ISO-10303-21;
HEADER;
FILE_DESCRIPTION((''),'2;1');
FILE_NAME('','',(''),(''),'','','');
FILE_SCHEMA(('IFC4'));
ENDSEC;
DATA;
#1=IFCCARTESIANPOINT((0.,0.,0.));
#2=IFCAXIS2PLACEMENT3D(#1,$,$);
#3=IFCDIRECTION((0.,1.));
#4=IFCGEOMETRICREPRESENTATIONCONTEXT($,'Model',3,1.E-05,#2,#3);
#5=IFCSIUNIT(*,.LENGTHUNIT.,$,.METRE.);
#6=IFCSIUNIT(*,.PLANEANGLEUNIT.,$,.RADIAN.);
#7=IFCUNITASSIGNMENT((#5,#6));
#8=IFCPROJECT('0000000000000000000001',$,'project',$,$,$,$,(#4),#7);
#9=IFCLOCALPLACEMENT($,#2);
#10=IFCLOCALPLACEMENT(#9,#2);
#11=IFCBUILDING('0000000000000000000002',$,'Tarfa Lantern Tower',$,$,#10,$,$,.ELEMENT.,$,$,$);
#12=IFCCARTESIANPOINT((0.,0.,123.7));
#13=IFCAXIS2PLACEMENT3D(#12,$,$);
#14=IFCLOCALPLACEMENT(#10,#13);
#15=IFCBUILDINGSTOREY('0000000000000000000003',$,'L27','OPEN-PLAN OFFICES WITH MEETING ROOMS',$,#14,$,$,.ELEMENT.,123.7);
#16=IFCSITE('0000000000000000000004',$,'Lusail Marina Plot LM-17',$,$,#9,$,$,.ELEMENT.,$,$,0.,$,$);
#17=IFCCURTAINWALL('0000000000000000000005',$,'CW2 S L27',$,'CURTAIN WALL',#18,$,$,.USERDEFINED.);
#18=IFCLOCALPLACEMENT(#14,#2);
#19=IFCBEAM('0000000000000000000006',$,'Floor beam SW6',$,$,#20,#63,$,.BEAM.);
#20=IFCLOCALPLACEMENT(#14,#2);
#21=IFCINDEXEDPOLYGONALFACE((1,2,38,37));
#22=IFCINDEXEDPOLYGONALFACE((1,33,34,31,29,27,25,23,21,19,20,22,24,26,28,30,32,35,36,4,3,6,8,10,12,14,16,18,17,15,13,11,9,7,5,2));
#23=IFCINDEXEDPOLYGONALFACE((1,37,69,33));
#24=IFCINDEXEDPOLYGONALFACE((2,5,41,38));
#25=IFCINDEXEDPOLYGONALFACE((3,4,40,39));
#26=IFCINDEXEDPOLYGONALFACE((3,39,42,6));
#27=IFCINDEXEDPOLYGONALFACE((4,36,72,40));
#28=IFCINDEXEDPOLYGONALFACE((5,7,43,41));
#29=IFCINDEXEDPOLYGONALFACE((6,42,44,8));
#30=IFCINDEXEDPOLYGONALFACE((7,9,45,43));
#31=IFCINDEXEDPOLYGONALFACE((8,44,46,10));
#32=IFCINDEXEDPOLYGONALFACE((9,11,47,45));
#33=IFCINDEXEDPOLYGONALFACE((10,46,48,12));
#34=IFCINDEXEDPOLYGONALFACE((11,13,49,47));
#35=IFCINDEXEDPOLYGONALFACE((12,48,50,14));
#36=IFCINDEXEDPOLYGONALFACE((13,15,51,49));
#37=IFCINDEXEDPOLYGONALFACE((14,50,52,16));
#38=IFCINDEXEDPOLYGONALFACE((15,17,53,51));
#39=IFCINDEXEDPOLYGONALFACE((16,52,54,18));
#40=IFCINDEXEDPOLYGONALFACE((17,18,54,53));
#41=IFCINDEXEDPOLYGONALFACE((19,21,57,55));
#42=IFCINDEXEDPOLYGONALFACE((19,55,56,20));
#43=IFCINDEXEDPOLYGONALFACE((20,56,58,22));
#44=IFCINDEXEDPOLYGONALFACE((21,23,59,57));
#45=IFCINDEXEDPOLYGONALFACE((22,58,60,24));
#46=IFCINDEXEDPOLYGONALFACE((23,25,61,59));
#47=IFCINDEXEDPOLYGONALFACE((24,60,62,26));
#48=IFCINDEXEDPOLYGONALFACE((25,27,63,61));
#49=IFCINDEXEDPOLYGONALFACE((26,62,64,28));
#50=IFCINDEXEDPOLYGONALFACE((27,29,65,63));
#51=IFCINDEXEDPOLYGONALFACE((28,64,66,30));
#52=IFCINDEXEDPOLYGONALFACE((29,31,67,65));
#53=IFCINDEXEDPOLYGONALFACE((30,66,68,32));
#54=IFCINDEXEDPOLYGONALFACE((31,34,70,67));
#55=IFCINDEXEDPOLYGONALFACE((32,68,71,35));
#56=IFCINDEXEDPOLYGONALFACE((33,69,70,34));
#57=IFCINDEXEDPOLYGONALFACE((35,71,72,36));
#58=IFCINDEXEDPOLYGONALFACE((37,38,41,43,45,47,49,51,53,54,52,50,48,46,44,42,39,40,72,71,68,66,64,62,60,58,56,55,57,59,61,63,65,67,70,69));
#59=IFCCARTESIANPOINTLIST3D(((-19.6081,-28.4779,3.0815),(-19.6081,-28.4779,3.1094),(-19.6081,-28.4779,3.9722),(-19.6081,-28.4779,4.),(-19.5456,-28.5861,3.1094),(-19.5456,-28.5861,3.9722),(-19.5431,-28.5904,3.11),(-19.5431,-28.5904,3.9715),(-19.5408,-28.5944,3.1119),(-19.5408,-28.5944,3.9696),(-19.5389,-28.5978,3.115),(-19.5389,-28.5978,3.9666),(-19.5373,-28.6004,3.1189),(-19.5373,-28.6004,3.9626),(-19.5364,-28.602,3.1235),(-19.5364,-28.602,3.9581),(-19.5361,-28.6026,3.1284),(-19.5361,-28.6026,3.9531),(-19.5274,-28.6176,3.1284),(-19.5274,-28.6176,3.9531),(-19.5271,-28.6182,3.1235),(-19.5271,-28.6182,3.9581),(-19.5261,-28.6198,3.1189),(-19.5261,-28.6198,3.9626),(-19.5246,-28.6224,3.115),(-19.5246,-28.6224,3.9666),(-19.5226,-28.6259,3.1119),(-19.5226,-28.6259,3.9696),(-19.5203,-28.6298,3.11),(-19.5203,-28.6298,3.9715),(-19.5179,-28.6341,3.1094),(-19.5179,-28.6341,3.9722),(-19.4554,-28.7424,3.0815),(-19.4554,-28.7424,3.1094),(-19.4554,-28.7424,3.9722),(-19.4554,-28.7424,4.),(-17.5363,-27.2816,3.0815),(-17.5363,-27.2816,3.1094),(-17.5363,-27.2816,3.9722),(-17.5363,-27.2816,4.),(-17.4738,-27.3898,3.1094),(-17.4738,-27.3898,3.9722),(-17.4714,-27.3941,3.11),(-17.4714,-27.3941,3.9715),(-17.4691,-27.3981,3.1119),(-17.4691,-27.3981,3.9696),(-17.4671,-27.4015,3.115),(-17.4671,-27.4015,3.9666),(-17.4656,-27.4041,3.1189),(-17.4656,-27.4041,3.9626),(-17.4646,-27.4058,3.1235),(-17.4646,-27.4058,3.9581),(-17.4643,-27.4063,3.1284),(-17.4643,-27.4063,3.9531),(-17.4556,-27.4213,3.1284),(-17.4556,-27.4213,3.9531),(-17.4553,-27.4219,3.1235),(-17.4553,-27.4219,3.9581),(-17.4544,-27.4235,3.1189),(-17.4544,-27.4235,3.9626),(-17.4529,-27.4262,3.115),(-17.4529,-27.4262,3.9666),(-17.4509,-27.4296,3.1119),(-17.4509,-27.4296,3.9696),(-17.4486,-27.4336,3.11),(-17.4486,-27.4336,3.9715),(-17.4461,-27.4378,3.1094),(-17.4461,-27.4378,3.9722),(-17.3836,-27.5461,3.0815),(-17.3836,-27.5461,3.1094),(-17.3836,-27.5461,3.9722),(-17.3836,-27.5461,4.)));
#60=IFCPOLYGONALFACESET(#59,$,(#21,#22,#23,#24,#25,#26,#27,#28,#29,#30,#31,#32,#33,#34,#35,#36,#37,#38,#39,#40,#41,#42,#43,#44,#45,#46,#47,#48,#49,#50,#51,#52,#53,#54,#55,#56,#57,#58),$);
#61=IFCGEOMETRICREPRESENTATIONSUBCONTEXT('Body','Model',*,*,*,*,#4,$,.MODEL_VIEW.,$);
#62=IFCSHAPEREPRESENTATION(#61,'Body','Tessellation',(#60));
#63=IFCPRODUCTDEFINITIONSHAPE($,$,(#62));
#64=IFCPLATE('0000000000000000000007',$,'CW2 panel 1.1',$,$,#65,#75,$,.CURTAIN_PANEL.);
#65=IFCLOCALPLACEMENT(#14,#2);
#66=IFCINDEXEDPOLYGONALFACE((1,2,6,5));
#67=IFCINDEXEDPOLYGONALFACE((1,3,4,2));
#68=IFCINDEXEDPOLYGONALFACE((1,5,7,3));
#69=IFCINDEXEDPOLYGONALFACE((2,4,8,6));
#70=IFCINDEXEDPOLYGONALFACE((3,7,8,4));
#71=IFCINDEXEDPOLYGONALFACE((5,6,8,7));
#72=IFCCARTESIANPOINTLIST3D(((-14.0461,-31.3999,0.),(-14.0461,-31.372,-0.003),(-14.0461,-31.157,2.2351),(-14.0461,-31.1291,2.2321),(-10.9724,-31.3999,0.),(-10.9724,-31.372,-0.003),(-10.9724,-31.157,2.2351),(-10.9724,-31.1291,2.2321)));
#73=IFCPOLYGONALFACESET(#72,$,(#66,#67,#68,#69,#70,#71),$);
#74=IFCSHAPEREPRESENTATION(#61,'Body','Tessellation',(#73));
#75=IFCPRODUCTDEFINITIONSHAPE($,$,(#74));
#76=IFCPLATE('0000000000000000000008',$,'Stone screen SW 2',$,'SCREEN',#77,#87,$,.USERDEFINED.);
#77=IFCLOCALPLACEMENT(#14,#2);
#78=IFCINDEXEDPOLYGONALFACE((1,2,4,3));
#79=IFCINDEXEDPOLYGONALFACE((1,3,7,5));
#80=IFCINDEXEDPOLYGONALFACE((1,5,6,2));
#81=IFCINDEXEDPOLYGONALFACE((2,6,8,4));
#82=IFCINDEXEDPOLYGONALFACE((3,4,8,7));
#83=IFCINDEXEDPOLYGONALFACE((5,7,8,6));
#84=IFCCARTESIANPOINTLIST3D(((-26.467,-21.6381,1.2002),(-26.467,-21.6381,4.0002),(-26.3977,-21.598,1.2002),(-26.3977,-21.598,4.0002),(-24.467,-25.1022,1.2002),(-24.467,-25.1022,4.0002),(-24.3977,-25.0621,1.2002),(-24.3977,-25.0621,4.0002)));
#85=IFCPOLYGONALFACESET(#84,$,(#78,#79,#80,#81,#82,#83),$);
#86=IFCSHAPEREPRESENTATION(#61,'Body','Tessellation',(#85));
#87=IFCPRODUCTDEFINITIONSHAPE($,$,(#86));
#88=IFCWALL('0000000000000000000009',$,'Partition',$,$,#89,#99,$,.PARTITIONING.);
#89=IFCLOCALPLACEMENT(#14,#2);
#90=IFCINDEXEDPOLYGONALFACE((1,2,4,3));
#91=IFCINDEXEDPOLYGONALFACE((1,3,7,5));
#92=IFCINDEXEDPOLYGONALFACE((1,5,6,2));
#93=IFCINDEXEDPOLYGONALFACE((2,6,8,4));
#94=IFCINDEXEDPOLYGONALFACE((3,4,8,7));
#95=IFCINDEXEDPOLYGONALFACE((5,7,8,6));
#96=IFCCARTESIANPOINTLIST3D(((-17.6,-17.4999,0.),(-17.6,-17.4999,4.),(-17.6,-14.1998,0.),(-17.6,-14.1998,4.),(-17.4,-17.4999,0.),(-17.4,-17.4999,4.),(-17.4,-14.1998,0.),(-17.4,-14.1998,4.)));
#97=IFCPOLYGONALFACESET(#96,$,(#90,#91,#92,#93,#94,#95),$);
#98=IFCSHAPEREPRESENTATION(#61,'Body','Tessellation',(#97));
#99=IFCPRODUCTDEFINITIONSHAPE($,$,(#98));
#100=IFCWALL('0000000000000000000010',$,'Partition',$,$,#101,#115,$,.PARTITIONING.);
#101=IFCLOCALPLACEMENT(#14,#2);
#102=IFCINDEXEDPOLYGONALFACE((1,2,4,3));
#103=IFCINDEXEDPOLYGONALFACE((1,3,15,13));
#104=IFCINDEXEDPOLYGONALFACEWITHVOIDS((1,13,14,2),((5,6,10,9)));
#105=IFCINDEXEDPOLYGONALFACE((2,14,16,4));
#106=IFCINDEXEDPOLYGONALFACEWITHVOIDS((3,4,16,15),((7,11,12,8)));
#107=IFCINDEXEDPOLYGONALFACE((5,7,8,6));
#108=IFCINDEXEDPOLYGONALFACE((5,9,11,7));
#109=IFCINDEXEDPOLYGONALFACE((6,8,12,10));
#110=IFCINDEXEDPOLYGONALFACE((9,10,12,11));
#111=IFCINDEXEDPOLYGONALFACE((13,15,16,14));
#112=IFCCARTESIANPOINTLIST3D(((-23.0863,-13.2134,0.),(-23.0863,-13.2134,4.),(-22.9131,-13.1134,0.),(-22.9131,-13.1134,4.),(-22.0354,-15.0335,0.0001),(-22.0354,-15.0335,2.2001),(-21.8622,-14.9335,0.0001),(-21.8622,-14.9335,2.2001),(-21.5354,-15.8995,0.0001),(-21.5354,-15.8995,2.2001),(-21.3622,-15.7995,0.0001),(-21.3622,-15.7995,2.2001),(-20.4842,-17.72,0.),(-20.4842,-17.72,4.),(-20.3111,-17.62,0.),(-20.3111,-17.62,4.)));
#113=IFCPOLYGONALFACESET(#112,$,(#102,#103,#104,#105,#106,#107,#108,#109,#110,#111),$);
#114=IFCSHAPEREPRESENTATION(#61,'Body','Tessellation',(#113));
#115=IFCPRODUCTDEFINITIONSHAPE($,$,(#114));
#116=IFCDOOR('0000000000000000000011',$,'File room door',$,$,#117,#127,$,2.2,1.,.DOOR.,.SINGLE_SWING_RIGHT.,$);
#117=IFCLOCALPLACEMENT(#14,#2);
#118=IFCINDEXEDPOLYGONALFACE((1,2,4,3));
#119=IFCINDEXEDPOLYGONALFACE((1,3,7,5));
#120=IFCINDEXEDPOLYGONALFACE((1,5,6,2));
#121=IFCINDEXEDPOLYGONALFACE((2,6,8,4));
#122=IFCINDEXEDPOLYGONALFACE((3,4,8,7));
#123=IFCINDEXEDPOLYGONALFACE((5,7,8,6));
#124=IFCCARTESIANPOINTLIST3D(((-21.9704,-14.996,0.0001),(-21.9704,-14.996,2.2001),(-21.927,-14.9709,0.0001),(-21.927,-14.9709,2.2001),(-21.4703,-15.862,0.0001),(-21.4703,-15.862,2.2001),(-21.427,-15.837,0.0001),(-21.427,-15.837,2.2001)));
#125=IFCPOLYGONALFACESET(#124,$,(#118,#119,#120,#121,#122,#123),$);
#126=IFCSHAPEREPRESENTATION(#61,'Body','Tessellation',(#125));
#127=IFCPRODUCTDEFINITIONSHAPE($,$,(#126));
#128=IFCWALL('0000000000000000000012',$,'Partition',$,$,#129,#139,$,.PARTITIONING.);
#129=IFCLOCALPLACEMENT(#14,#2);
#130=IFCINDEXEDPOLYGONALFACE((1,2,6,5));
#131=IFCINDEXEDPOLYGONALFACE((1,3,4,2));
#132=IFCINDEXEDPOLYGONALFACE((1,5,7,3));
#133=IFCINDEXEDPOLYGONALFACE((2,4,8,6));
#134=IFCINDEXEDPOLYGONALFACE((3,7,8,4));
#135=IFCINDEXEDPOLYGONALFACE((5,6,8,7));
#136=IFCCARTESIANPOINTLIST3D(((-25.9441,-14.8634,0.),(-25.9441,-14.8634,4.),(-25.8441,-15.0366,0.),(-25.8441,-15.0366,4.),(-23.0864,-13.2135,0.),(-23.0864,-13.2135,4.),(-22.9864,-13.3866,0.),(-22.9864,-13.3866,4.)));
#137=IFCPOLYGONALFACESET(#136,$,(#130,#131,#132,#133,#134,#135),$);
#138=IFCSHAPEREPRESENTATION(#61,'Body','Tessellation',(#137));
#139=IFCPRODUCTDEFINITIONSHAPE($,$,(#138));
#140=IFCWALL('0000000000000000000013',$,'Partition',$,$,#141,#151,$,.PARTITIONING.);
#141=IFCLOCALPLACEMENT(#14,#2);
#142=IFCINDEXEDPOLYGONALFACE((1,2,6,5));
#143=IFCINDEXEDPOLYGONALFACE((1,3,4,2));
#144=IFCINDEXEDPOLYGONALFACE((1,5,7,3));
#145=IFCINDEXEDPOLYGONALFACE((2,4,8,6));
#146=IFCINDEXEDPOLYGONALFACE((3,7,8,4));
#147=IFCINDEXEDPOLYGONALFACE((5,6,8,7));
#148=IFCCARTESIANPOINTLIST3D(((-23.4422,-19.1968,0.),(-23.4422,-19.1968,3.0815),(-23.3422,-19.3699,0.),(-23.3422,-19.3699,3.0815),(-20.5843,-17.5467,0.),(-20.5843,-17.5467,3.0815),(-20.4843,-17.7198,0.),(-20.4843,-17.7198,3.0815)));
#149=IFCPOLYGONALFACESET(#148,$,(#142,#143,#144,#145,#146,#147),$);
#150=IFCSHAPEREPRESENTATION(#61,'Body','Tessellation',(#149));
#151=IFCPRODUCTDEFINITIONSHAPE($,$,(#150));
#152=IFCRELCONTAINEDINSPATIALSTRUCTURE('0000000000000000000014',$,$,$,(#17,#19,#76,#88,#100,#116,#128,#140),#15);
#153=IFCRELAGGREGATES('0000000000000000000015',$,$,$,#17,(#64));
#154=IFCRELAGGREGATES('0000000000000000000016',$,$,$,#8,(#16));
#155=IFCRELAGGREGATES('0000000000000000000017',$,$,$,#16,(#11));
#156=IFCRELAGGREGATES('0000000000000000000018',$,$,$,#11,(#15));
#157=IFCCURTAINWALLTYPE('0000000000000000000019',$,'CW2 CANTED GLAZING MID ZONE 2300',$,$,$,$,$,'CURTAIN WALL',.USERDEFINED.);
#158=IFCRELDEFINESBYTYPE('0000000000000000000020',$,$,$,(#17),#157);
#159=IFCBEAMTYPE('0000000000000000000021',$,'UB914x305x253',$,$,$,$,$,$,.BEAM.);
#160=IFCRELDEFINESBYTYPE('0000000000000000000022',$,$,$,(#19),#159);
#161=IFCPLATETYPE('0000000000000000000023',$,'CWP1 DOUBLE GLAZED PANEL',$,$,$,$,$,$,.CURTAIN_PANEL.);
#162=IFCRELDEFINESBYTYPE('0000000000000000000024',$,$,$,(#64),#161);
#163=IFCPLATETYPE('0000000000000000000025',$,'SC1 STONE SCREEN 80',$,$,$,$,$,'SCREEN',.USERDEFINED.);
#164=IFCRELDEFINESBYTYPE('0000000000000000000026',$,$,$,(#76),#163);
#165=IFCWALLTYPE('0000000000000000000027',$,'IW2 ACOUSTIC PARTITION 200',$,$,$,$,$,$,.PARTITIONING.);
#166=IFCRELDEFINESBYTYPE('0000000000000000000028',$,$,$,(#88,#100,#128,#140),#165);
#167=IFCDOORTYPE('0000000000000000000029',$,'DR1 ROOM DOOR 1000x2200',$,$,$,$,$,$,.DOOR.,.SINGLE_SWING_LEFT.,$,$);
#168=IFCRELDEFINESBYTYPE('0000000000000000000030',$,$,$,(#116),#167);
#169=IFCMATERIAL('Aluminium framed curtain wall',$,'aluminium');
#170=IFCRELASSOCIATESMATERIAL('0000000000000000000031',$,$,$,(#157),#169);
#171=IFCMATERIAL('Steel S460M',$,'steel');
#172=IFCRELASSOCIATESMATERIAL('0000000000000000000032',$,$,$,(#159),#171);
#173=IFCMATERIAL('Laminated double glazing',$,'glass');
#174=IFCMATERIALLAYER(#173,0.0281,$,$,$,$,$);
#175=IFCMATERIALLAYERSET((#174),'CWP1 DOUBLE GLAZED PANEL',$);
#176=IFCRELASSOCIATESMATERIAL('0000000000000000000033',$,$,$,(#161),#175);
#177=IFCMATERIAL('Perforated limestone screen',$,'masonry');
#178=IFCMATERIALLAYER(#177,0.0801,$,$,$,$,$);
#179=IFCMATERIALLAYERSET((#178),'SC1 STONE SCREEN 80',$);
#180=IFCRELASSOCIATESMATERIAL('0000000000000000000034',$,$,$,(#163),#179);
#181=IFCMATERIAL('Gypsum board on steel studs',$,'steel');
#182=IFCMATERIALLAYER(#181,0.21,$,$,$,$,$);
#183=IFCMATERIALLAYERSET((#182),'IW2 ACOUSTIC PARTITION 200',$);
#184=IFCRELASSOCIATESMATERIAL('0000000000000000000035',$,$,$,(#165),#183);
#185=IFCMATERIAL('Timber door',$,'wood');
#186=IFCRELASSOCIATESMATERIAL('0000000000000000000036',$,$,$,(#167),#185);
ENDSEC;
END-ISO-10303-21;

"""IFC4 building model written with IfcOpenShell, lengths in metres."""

from ifc_helpers import new_model, si_unit, direction, frame, frame_2d, origin, origin_2d, place, context, subcontext, project, spatial, polyline, rectangle, i_section, outline, extrude, material, layer, layer_set, material_profile, profile_set, type_object, element, fill, aggregate, save


model = new_model("IFC4")

# Units and contexts
model_context = context("Model", 3, precision=1e-05, world=origin(), true_north=direction((0.0, 1.0)))
body_context = subcontext(model_context, "Body", "Model", "MODEL_VIEW")
ifc_project = project(units=[si_unit("LENGTHUNIT", "METRE"), si_unit("PLANEANGLEUNIT", "RADIAN")], contexts=[model_context])

# Site, building, storey
site_placement = place(None, origin())
site = spatial("IfcSite", under=ifc_project, at=site_placement, Name="Lusail Marina Plot LM-17", CompositionType="ELEMENT", RefElevation=0.0)
building_placement = place(site_placement, origin())
building = spatial("IfcBuilding", under=site, at=building_placement, Name="Tarfa Lantern Tower", CompositionType="ELEMENT")
storey_placement = place(building_placement, frame((0.0, 0.0, 123.7)))
storey = spatial("IfcBuildingStorey", under=building, at=storey_placement, Name="L27", Description="OPEN-PLAN OFFICES WITH MEETING ROOMS", CompositionType="ELEMENT", Elevation=123.7)

# Curtain wall
ifc_material_1 = material(Name="Aluminium framed curtain wall", Category="aluminium")
curtain_wall_type = type_object("IfcCurtainWallType", Name="CW2 CANTED GLAZING MID ZONE 2300", ElementType="CURTAIN WALL", PredefinedType="USERDEFINED", material=ifc_material_1)
curtain_wall_placement = place(storey_placement, origin())
curtain_wall = element("IfcCurtainWall", 1, at=curtain_wall_placement, inside=storey, type_object=curtain_wall_type, Name="CW2 S L27", ObjectType="CURTAIN WALL", PredefinedType="USERDEFINED")

# Beam
ifc_material_2 = material(Name="Steel S460M", Category="steel")
ifc_material_profile_1 = material_profile(ifc_material_2, i_section(OverallWidth=0.3054, OverallDepth=0.9185, WebThickness=0.0173, FlangeThickness=0.0278, FilletRadius=0.019, at=origin_2d()), Name="UB914x305x253")
ifc_profile_set_1 = profile_set([ifc_material_profile_1], Name="Steel S460M")
beam_type_1 = type_object("IfcBeamType", Name="UB914x305x253", PredefinedType="BEAM", material=ifc_profile_set_1)
beam_1_placement = place(storey_placement, frame((-19.5317, -28.6101, 3.5408), z_axis=(0.865999, 0.500046, 0.0), x_axis=(-0.500046, 0.865999, 0.0)))
element("IfcBeam", 2, at=beam_1_placement, inside=storey, type_object=beam_type_1, Name="Floor beam SW6", PredefinedType="BEAM", context=body_context, shape_type="SweptSolid", body=[
    extrude(i_section(OverallWidth=0.3054, OverallDepth=0.9185, WebThickness=0.0173, FlangeThickness=0.0278, FilletRadius=0.019, at=origin_2d()), origin(), (0.0, 0.0, 1.0), 2.3923),
])

# Plates
ifc_material_3 = material(Name="Laminated double glazing", Category="glass")
ifc_layer_1 = layer(ifc_material_3, 0.0281)
ifc_layer_set_1 = layer_set([ifc_layer_1], Name="CWP1 DOUBLE GLAZED PANEL")
plate_type_1 = type_object("IfcPlateType", Name="CWP1 DOUBLE GLAZED PANEL", PredefinedType="CURTAIN_PANEL", material=ifc_layer_set_1)
plate_1_placement = place(storey_placement, frame((-14.0461, -31.3999, 0.0), z_axis=(0.0, -0.994146, 0.108048), x_axis=(1.0, 0.0, 0.0)))
plate_1 = element("IfcPlate", 3, at=plate_1_placement, type_object=plate_type_1, Name="CW2 panel 1.1", PredefinedType="CURTAIN_PANEL", context=body_context, shape_type="SweptSolid", body=[
    extrude(outline(polyline([(0.0, 0.0), (3.0737, 0.0), (3.0737, 2.2483), (0.0, 2.2483), (0.0, 0.0)])), origin(), (0.0, 0.0, -1.0), 0.0281),
])
aggregate(curtain_wall, [plate_1])
ifc_material_4 = material(Name="Perforated limestone screen", Category="masonry")
ifc_layer_2 = layer(ifc_material_4, 0.0801)
ifc_layer_set_2 = layer_set([ifc_layer_2], Name="SC1 STONE SCREEN 80")
plate_type_2 = type_object("IfcPlateType", Name="SC1 STONE SCREEN 80", ElementType="SCREEN", PredefinedType="USERDEFINED", material=ifc_layer_set_2)
plate_2_placement = place(storey_placement, frame((-25.4324, -23.3501, 1.2002), z_axis=(0.0, 0.0, 1.0), x_axis=(0.5, -0.866025, 0.0)))
element("IfcPlate", 4, at=plate_2_placement, inside=storey, type_object=plate_type_2, Name="Stone screen SW 2", ObjectType="SCREEN", PredefinedType="USERDEFINED", context=body_context, shape_type="SweptSolid", body=[
    extrude(rectangle(XDim=4.0, YDim=0.0801, at=origin_2d()), origin(), (0.0, 0.0, 1.0), 2.8),
])

# Wall
ifc_material_5 = material(Name="Gypsum board on steel studs", Category="steel")
ifc_layer_3 = layer(ifc_material_5, 0.21)
ifc_layer_set_3 = layer_set([ifc_layer_3], Name="IW2 ACOUSTIC PARTITION 200")
wall_type = type_object("IfcWallType", Name="IW2 ACOUSTIC PARTITION 200", PredefinedType="PARTITIONING", material=ifc_layer_set_3)
wall_1_placement = place(storey_placement, frame((-17.5, -14.2, 0.0), z_axis=(0.0, 0.0, 1.0), x_axis=(0.0, -1.0, 0.0)))
element("IfcWall", 5, at=wall_1_placement, inside=storey, type_object=wall_type, Name="Partition", PredefinedType="PARTITIONING", context=body_context, shape_type="SweptSolid", body=[
    extrude(rectangle(XDim=3.3, YDim=0.2, at=frame_2d((1.6499, 0.0))), origin(), (0.0, 0.0, 1.0), 4.0),
])

# Wall, opening, door
wall_2_placement = place(storey_placement, frame((-22.9998, -13.1633, 0.0), z_axis=(0.0, 0.0, 1.0), x_axis=(0.500024, -0.866011, 0.0)))
wall_2 = element("IfcWall", 6, at=wall_2_placement, inside=storey, type_object=wall_type, Name="Partition", PredefinedType="PARTITIONING", context=body_context, shape_type="SweptSolid", body=[
    extrude(rectangle(XDim=5.2039, YDim=0.2, at=frame_2d((2.6021, 0.0))), origin(), (0.0, 0.0, 1.0), 4.0),
])
opening_placement = place(wall_2_placement, frame((2.1018, 0.0, 0.0)))
opening = element("IfcOpeningElement", 7, at=opening_placement, cuts=wall_2, PredefinedType="OPENING", context=body_context, shape_type="SweptSolid", body=[
    extrude(rectangle(XDim=1.0, YDim=2.2, at=frame_2d((0.5, 1.1001))), frame((0.0, 0.1099, 0.0), z_axis=(0.0, -1.0, 0.0), x_axis=(1.0, 0.0, 0.0)), (0.0, 0.0, 1.0), 0.22),
])
ifc_material_6 = material(Name="Timber door", Category="wood")
door_type = type_object("IfcDoorType", Name="DR1 ROOM DOOR 1000x2200", OperationType="SINGLE_SWING_LEFT", PredefinedType="DOOR", material=ifc_material_6)
door_placement = place(opening_placement, frame((1.0, 0.0, 0.0), z_axis=(0.0, 0.0, 1.0), x_axis=(-1.0, 0.0, 0.0)))
door = element("IfcDoor", 8, at=door_placement, inside=storey, type_object=door_type, Name="File room door", OperationType="SINGLE_SWING_RIGHT", OverallHeight=2.2, OverallWidth=1.0, PredefinedType="DOOR", context=body_context, shape_type="SweptSolid", body=[
    extrude(rectangle(XDim=1.0, YDim=2.2, at=frame_2d((0.5, 1.1001))), frame((0.0, 0.0249, 0.0), z_axis=(0.0, -1.0, 0.0), x_axis=(1.0, 0.0, 0.0)), (0.0, 0.0, 1.0), 0.05),
])
fill(opening, door)

# Walls
wall_3_placement = place(storey_placement, frame((-23.0364, -13.3, 0.0), z_axis=(0.0, 0.0, 1.0), x_axis=(-0.866022, -0.500006, 0.0)))
element("IfcWall", 9, at=wall_3_placement, inside=storey, type_object=wall_type, Name="Partition", PredefinedType="PARTITIONING", context=body_context, shape_type="SweptSolid", body=[
    extrude(rectangle(XDim=3.2998, YDim=0.2, at=frame_2d((1.6499, 0.0))), origin(), (0.0, 0.0, 1.0), 4.0),
])
wall_4_placement = place(storey_placement, frame((-20.5344, -17.6333, 0.0), z_axis=(0.0, 0.0, 1.0), x_axis=(-0.866008, -0.50003, 0.0)))
element("IfcWall", 10, at=wall_4_placement, inside=storey, type_object=wall_type, Name="Partition", PredefinedType="PARTITIONING", context=body_context, shape_type="SweptSolid", body=[
    extrude(rectangle(XDim=3.3, YDim=0.2, at=frame_2d((1.6499, 0.0))), origin(), (0.0, 0.0, 1.0), 3.0815),
])

save(model, "model.ifc")
